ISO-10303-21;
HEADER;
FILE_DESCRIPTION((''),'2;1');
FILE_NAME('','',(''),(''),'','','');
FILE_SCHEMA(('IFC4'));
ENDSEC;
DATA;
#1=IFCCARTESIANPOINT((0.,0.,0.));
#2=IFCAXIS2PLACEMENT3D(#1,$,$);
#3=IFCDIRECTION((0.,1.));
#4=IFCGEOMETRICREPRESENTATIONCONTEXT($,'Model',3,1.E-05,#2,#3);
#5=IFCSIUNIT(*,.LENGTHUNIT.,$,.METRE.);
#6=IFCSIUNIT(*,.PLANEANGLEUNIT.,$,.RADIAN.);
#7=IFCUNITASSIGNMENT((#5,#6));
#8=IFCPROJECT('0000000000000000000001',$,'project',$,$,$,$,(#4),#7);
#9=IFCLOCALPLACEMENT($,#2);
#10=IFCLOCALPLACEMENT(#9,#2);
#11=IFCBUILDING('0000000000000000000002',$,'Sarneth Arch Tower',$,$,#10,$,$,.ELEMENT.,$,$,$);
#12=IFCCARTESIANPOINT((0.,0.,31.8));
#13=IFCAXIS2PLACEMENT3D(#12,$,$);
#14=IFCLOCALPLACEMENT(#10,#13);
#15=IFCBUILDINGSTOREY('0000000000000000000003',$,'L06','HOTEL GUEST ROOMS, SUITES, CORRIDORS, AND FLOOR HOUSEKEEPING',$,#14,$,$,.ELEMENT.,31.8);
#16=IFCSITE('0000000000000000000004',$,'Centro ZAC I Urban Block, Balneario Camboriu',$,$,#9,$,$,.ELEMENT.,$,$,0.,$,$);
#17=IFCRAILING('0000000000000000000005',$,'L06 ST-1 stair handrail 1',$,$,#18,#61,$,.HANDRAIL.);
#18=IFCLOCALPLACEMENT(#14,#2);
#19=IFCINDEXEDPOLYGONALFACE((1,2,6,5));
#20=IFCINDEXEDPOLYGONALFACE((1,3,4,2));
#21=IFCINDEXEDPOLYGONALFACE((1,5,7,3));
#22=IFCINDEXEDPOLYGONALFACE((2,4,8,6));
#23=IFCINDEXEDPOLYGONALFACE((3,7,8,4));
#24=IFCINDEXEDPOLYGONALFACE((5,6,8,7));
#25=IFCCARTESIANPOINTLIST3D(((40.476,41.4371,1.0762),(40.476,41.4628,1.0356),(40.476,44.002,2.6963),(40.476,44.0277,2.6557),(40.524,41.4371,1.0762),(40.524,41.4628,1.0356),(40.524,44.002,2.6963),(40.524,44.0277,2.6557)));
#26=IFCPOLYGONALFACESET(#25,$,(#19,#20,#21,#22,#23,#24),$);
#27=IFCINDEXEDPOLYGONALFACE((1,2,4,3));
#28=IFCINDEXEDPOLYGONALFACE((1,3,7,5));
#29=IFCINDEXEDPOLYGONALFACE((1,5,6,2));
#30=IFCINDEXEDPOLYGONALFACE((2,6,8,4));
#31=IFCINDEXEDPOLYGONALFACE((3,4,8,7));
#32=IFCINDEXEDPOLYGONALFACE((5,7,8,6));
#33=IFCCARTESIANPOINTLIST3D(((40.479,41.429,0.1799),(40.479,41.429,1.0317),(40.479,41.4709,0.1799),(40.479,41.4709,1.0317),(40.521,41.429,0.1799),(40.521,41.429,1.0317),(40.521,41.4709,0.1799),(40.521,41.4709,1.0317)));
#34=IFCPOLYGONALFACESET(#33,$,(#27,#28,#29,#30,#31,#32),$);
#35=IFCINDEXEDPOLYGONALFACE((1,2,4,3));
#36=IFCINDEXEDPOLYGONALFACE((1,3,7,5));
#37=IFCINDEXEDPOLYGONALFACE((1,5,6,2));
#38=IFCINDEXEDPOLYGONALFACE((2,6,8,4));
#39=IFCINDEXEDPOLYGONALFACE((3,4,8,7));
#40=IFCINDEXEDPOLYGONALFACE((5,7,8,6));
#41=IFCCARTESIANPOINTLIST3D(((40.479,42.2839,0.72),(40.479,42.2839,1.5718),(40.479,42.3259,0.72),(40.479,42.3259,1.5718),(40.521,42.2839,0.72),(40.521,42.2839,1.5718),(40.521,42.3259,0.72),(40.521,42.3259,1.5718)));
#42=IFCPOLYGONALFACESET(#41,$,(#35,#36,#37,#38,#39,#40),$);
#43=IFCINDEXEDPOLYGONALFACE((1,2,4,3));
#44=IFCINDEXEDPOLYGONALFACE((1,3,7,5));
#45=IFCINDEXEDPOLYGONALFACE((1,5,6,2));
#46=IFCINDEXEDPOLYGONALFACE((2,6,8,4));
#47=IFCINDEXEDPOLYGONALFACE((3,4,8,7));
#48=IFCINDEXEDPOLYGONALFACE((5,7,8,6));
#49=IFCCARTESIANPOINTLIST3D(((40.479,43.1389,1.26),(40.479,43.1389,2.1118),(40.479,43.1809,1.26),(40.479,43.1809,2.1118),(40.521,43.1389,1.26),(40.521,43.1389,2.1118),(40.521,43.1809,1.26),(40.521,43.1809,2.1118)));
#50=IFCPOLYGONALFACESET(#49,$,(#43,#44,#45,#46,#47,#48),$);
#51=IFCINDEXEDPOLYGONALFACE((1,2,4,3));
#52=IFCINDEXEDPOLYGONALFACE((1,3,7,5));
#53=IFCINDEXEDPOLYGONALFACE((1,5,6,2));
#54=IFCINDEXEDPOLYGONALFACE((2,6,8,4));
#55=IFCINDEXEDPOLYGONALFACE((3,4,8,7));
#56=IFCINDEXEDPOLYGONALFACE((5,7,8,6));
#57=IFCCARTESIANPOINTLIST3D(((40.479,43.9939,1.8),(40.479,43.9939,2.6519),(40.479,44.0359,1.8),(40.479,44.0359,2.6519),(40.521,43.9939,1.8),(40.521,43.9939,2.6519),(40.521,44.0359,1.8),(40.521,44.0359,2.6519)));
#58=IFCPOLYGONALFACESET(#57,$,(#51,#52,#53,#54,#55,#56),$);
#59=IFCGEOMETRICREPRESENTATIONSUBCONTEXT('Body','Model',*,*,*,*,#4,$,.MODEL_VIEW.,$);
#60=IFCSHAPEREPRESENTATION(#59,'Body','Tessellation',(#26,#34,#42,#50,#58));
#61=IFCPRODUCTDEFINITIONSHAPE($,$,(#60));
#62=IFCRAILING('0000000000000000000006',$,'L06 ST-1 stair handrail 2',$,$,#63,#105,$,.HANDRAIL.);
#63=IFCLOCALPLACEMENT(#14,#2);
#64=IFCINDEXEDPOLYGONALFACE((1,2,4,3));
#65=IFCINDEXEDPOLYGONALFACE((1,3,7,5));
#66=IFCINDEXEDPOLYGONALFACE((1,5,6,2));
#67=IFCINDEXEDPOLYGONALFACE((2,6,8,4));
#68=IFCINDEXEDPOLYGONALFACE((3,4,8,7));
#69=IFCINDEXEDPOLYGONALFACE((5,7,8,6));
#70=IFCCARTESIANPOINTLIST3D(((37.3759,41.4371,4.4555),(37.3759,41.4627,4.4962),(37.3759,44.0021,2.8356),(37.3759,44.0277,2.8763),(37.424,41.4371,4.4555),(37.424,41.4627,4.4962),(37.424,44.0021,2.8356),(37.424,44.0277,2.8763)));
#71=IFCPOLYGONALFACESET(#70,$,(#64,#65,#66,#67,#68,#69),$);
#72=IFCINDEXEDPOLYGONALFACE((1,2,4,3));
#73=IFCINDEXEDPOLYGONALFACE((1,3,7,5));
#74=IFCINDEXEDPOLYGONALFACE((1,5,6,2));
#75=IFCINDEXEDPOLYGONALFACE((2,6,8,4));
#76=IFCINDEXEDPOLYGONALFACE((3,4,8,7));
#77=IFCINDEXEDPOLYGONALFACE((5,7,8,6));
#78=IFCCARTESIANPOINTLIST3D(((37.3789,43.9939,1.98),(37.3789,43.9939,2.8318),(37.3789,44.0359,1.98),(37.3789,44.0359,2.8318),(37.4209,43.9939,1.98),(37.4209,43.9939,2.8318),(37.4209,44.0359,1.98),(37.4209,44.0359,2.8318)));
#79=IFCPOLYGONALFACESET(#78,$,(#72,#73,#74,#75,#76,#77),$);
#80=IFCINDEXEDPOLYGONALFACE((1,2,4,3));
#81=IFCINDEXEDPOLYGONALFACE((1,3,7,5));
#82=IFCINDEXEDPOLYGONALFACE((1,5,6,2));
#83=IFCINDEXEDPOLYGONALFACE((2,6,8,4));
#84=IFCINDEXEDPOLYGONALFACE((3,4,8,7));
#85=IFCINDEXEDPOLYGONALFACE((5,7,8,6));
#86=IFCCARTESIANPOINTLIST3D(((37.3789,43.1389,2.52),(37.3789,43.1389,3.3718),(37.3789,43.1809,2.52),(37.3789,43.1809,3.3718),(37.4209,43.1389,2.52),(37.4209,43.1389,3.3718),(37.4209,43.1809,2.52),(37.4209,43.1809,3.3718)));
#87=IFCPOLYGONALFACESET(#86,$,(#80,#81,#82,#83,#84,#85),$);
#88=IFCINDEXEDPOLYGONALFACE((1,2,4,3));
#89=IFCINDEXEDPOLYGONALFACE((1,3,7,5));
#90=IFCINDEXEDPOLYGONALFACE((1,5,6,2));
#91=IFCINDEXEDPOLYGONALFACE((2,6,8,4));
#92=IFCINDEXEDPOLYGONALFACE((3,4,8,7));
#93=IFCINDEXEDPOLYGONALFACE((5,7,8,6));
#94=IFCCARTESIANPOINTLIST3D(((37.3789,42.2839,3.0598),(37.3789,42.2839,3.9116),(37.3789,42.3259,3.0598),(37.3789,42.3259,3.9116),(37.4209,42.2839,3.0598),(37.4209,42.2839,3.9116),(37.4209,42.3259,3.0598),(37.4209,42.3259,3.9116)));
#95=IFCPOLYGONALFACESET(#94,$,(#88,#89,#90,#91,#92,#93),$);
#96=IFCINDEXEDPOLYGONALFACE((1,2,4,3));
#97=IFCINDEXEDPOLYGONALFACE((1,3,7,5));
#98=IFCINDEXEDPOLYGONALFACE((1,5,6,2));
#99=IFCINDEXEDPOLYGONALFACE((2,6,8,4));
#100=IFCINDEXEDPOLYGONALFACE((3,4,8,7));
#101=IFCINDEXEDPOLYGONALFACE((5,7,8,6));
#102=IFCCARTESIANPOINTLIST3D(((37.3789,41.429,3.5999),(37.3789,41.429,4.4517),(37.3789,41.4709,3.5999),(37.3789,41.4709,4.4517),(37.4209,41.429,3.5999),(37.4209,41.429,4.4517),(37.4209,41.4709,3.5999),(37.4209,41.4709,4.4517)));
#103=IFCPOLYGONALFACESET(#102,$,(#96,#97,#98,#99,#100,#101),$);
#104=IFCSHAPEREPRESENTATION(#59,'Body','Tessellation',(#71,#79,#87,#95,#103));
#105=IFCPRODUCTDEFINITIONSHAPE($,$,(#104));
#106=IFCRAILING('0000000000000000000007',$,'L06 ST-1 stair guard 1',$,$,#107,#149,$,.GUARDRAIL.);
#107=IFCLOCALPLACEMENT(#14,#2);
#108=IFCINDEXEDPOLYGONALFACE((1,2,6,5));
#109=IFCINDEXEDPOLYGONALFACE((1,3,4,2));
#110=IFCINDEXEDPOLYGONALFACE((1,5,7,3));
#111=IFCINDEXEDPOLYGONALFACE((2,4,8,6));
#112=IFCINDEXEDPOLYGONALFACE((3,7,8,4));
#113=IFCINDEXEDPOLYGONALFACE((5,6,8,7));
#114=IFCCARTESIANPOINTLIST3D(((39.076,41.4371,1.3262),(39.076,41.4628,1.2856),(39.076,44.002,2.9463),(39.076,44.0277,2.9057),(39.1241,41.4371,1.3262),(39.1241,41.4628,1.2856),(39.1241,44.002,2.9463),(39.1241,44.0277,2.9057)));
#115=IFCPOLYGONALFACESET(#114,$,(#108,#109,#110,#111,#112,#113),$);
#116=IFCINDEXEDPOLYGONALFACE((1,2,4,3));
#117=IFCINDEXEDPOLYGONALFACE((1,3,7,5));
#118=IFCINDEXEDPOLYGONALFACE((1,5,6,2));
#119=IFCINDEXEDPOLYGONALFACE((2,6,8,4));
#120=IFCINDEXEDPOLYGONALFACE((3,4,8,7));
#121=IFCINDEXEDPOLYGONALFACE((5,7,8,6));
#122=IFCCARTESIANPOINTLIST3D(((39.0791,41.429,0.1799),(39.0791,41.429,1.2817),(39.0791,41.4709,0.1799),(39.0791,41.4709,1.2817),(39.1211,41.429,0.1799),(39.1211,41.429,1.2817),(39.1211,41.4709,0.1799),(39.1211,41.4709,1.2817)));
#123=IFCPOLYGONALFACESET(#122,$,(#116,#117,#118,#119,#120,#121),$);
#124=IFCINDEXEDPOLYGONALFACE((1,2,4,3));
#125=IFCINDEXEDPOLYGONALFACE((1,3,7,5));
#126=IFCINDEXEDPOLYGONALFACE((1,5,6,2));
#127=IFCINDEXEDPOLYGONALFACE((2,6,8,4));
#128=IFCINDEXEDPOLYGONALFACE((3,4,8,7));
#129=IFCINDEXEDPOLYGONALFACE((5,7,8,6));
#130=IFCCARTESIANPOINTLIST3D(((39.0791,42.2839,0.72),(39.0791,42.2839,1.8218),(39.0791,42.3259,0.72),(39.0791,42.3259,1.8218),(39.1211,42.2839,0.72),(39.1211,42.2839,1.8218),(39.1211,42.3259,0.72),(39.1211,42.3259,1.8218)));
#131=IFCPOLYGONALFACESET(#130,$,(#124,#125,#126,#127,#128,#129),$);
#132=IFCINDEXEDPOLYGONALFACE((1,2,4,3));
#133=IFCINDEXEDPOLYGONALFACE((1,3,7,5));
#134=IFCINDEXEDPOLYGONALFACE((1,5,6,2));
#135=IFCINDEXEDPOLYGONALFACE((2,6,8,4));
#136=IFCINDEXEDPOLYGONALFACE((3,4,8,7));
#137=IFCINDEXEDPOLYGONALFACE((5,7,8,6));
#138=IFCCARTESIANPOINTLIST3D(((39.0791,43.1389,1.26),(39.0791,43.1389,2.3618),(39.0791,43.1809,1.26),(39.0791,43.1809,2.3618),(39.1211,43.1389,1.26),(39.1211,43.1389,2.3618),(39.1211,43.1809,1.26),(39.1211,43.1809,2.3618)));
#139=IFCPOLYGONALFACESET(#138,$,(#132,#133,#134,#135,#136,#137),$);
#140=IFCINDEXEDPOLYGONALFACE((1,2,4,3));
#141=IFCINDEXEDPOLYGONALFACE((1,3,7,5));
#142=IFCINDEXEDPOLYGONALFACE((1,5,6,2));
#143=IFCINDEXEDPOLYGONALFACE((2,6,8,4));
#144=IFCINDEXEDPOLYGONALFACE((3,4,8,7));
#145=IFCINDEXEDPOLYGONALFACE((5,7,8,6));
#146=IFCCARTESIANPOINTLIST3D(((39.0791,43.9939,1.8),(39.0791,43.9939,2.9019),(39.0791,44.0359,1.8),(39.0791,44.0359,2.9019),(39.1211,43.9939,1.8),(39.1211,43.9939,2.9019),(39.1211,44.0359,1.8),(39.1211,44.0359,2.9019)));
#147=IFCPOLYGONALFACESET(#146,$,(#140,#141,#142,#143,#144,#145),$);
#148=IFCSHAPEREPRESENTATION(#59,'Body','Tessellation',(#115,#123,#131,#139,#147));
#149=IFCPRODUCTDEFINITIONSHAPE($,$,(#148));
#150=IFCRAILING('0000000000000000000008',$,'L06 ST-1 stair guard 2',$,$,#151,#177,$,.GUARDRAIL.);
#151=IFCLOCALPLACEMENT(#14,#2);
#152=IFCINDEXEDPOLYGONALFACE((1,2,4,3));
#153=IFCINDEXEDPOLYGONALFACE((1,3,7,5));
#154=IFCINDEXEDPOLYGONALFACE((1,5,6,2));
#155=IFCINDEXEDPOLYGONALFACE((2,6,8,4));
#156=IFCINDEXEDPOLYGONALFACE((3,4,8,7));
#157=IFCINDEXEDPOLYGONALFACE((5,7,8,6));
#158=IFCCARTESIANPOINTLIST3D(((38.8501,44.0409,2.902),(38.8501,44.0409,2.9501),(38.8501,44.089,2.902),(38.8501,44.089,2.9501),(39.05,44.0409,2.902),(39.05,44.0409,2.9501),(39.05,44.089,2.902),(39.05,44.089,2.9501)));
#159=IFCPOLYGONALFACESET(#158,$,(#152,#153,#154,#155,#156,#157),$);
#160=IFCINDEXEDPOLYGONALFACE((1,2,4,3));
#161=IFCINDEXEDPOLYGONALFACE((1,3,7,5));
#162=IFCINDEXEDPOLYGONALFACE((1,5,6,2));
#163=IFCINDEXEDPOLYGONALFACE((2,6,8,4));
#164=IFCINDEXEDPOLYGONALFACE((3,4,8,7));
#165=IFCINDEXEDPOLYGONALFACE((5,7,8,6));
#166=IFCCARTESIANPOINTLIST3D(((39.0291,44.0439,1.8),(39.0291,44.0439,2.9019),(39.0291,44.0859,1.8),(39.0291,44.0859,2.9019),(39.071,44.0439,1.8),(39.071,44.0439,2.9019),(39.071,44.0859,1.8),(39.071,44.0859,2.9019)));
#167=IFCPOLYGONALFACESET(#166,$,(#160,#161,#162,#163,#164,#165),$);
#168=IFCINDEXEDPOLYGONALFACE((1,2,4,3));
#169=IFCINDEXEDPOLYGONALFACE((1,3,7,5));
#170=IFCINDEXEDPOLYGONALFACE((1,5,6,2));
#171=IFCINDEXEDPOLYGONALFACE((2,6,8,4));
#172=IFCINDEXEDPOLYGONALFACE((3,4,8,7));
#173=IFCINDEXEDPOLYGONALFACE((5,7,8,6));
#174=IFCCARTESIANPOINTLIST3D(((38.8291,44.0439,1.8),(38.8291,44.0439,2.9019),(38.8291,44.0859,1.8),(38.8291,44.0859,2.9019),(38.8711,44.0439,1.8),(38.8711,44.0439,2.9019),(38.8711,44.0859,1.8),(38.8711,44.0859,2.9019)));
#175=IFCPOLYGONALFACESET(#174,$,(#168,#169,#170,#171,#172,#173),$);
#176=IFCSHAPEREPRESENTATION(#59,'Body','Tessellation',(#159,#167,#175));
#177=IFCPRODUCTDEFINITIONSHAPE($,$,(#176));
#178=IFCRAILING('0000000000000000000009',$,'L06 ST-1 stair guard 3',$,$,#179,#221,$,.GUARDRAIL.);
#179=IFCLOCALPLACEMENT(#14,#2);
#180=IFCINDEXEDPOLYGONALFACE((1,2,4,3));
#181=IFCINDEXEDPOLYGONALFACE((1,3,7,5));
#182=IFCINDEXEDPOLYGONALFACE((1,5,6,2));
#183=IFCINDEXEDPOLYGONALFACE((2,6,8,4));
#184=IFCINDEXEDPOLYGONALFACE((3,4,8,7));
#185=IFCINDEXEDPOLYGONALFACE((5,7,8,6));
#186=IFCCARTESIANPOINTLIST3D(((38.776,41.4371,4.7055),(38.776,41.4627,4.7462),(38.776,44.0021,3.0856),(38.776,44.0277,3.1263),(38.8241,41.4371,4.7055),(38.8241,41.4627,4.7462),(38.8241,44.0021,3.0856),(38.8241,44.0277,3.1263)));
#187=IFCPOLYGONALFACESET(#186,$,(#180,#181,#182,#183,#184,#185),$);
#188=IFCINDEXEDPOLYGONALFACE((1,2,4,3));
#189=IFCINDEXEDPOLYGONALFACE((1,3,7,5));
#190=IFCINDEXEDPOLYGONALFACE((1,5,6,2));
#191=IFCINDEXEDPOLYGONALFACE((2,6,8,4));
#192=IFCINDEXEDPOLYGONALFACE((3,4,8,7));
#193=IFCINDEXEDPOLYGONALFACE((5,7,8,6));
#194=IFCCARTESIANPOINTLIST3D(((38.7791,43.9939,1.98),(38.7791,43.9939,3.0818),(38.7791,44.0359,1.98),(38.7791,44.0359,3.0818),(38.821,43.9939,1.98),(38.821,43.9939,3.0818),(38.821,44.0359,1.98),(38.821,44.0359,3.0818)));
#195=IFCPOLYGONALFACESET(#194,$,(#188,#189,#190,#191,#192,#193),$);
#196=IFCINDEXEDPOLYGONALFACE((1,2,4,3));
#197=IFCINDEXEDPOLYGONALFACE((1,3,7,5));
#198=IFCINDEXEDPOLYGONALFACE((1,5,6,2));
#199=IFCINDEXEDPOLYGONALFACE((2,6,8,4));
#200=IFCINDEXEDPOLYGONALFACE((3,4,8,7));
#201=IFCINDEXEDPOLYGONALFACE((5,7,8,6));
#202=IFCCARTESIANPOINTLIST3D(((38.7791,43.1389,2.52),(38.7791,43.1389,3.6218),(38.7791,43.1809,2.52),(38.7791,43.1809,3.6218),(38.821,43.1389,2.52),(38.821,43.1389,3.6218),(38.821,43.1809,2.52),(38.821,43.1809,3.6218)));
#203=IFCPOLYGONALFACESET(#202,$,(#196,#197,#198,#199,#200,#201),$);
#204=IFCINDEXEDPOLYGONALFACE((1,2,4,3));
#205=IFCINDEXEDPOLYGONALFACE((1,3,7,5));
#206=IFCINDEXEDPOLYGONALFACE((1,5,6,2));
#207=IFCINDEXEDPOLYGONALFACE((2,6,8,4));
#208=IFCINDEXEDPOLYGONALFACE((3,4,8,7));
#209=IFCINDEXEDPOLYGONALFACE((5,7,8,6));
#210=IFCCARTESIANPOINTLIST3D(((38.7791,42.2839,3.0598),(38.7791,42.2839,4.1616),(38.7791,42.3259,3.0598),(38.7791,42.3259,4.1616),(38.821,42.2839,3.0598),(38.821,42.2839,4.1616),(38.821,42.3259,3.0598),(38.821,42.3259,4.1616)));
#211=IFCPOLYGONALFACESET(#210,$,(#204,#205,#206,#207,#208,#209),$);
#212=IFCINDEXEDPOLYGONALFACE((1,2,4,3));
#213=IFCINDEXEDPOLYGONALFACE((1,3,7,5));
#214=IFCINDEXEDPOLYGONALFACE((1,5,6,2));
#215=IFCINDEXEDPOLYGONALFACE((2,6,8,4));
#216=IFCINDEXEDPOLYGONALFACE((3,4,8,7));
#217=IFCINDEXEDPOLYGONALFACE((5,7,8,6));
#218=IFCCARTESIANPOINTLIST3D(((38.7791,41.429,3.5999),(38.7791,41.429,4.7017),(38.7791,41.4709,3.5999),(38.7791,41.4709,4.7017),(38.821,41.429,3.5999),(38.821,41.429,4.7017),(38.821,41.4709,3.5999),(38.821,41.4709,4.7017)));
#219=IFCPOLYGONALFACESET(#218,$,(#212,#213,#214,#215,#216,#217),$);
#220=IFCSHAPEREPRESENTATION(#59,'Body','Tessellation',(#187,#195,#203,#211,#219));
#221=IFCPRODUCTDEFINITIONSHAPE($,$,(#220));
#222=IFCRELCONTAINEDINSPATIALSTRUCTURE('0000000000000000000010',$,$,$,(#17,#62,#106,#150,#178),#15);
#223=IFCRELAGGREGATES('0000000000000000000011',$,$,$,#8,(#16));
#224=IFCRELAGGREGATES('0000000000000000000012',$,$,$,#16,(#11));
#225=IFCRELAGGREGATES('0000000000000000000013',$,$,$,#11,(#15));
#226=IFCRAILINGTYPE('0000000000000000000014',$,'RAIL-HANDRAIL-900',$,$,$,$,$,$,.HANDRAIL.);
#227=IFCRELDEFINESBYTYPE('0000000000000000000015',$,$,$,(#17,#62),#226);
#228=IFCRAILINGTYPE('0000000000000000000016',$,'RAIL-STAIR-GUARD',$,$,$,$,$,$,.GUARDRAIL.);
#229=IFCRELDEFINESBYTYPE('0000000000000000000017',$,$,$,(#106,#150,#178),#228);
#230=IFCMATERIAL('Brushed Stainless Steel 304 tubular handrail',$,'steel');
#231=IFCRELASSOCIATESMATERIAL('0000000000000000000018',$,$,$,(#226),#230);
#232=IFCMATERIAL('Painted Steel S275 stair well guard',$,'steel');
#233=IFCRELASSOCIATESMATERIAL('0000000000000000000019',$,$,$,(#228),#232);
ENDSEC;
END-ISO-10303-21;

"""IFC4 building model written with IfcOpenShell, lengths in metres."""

from ifc_helpers import new_model, si_unit, direction, frame, origin, origin_2d, place, context, subcontext, project, spatial, rectangle, extrude, material, type_object, element, save


model = new_model("IFC4")

# Units and contexts
model_context = context("Model", 3, precision=1e-05, world=origin(), true_north=direction((0.0, 1.0)))
body_context = subcontext(model_context, "Body", "Model", "MODEL_VIEW")
ifc_project = project(units=[si_unit("LENGTHUNIT", "METRE"), si_unit("PLANEANGLEUNIT", "RADIAN")], contexts=[model_context])

# Site, building, storey
site_placement = place(None, origin())
site = spatial("IfcSite", under=ifc_project, at=site_placement, Name="Centro ZAC I Urban Block, Balneario Camboriu", CompositionType="ELEMENT", RefElevation=0.0)
building_placement = place(site_placement, origin())
building = spatial("IfcBuilding", under=site, at=building_placement, Name="Sarneth Arch Tower", CompositionType="ELEMENT")
storey_placement = place(building_placement, frame((0.0, 0.0, 31.8)))
storey = spatial("IfcBuildingStorey", under=building, at=storey_placement, Name="L06", Description="HOTEL GUEST ROOMS, SUITES, CORRIDORS, AND FLOOR HOUSEKEEPING", CompositionType="ELEMENT", Elevation=31.8)

# Railings
ifc_material_1 = material(Name="Brushed Stainless Steel 304 tubular handrail", Category="steel")
railing_type_1 = type_object("IfcRailingType", Name="RAIL-HANDRAIL-900", PredefinedType="HANDRAIL", material=ifc_material_1)
railing_1_placement = place(storey_placement, frame((40.5, 41.45, 0.1799)))
element("IfcRailing", 1, at=railing_1_placement, inside=storey, type_object=railing_type_1, Name="L06 ST-1 stair handrail 1", PredefinedType="HANDRAIL", context=body_context, shape_type="SweptSolid", body=[
    extrude(rectangle(XDim=0.0481, YDim=0.0481, at=origin_2d()), frame((0.0, 0.0, 0.876), z_axis=(0.0, 0.845466, 0.534029), x_axis=(-1.0, 0.0, 0.0)), (0.0, 0.0, 1.0), 3.0337),
    extrude(rectangle(XDim=0.042, YDim=0.042, at=origin_2d()), origin(), (0.0, 0.0, 1.0), 0.8518),
    extrude(rectangle(XDim=0.042, YDim=0.042, at=origin_2d()), frame((0.0, 0.855, 0.54)), (0.0, 0.0, 1.0), 0.8518),
    extrude(rectangle(XDim=0.042, YDim=0.042, at=origin_2d()), frame((0.0, 1.71, 1.0801)), (0.0, 0.0, 1.0), 0.8518),
    extrude(rectangle(XDim=0.042, YDim=0.042, at=origin_2d()), frame((0.0, 2.5649, 1.6201)), (0.0, 0.0, 1.0), 0.8518),
])
railing_2_placement = place(storey_placement, frame((37.3999, 44.0149, 1.98)))
element("IfcRailing", 2, at=railing_2_placement, inside=storey, type_object=railing_type_1, Name="L06 ST-1 stair handrail 2", PredefinedType="HANDRAIL", context=body_context, shape_type="SweptSolid", body=[
    extrude(rectangle(XDim=0.0481, YDim=0.0481, at=origin_2d()), frame((0.0, 0.0, 0.876), z_axis=(0.0, -0.845502, 0.533972), x_axis=(1.0, 0.0, 0.0)), (0.0, 0.0, 1.0), 3.0337),
    extrude(rectangle(XDim=0.042, YDim=0.042, at=origin_2d()), origin(), (0.0, 0.0, 1.0), 0.8518),
    extrude(rectangle(XDim=0.042, YDim=0.042, at=origin_2d()), frame((0.0, -0.855, 0.54)), (0.0, 0.0, 1.0), 0.8518),
    extrude(rectangle(XDim=0.042, YDim=0.042, at=origin_2d()), frame((0.0, -1.71, 1.0798)), (0.0, 0.0, 1.0), 0.8518),
    extrude(rectangle(XDim=0.042, YDim=0.042, at=origin_2d()), frame((0.0, -2.5649, 1.6199)), (0.0, 0.0, 1.0), 0.8518),
])
ifc_material_2 = material(Name="Painted Steel S275 stair well guard", Category="steel")
railing_type_2 = type_object("IfcRailingType", Name="RAIL-STAIR-GUARD", PredefinedType="GUARDRAIL", material=ifc_material_2)
railing_3_placement = place(storey_placement, frame((39.1001, 41.45, 0.1799)))
element("IfcRailing", 3, at=railing_3_placement, inside=storey, type_object=railing_type_2, Name="L06 ST-1 stair guard 1", PredefinedType="GUARDRAIL", context=body_context, shape_type="SweptSolid", body=[
    extrude(rectangle(XDim=0.0481, YDim=0.0481, at=origin_2d()), frame((0.0, 0.0, 1.126), z_axis=(0.0, 0.845466, 0.534029), x_axis=(-1.0, 0.0, 0.0)), (0.0, 0.0, 1.0), 3.0337),
    extrude(rectangle(XDim=0.042, YDim=0.042, at=origin_2d()), origin(), (0.0, 0.0, 1.0), 1.1018),
    extrude(rectangle(XDim=0.042, YDim=0.042, at=origin_2d()), frame((0.0, 0.855, 0.54)), (0.0, 0.0, 1.0), 1.1018),
    extrude(rectangle(XDim=0.042, YDim=0.042, at=origin_2d()), frame((0.0, 1.71, 1.0801)), (0.0, 0.0, 1.0), 1.1018),
    extrude(rectangle(XDim=0.042, YDim=0.042, at=origin_2d()), frame((0.0, 2.5649, 1.6201)), (0.0, 0.0, 1.0), 1.1018),
])
railing_4_placement = place(storey_placement, frame((39.05, 44.0649, 1.8)))
element("IfcRailing", 4, at=railing_4_placement, inside=storey, type_object=railing_type_2, Name="L06 ST-1 stair guard 2", PredefinedType="GUARDRAIL", context=body_context, shape_type="SweptSolid", body=[
    extrude(rectangle(XDim=0.0481, YDim=0.0481, at=origin_2d()), frame((0.0, 0.0, 1.126), z_axis=(-1.0, 0.0, 0.0), x_axis=(0.0, -1.0, 0.0)), (0.0, 0.0, 1.0), 0.2),
    extrude(rectangle(XDim=0.042, YDim=0.042, at=origin_2d()), origin(), (0.0, 0.0, 1.0), 1.1018),
    extrude(rectangle(XDim=0.042, YDim=0.042, at=origin_2d()), frame((-0.2, 0.0, 0.0)), (0.0, 0.0, 1.0), 1.1018),
])
railing_5_placement = place(storey_placement, frame((38.8, 44.0149, 1.98)))
element("IfcRailing", 5, at=railing_5_placement, inside=storey, type_object=railing_type_2, Name="L06 ST-1 stair guard 3", PredefinedType="GUARDRAIL", context=body_context, shape_type="SweptSolid", body=[
    extrude(rectangle(XDim=0.0481, YDim=0.0481, at=origin_2d()), frame((0.0, 0.0, 1.126), z_axis=(0.0, -0.845502, 0.533972), x_axis=(1.0, 0.0, 0.0)), (0.0, 0.0, 1.0), 3.0337),
    extrude(rectangle(XDim=0.042, YDim=0.042, at=origin_2d()), origin(), (0.0, 0.0, 1.0), 1.1018),
    extrude(rectangle(XDim=0.042, YDim=0.042, at=origin_2d()), frame((0.0, -0.855, 0.54)), (0.0, 0.0, 1.0), 1.1018),
    extrude(rectangle(XDim=0.042, YDim=0.042, at=origin_2d()), frame((0.0, -1.71, 1.0798)), (0.0, 0.0, 1.0), 1.1018),
    extrude(rectangle(XDim=0.042, YDim=0.042, at=origin_2d()), frame((0.0, -2.5649, 1.6199)), (0.0, 0.0, 1.0), 1.1018),
])

save(model, "model.ifc")
